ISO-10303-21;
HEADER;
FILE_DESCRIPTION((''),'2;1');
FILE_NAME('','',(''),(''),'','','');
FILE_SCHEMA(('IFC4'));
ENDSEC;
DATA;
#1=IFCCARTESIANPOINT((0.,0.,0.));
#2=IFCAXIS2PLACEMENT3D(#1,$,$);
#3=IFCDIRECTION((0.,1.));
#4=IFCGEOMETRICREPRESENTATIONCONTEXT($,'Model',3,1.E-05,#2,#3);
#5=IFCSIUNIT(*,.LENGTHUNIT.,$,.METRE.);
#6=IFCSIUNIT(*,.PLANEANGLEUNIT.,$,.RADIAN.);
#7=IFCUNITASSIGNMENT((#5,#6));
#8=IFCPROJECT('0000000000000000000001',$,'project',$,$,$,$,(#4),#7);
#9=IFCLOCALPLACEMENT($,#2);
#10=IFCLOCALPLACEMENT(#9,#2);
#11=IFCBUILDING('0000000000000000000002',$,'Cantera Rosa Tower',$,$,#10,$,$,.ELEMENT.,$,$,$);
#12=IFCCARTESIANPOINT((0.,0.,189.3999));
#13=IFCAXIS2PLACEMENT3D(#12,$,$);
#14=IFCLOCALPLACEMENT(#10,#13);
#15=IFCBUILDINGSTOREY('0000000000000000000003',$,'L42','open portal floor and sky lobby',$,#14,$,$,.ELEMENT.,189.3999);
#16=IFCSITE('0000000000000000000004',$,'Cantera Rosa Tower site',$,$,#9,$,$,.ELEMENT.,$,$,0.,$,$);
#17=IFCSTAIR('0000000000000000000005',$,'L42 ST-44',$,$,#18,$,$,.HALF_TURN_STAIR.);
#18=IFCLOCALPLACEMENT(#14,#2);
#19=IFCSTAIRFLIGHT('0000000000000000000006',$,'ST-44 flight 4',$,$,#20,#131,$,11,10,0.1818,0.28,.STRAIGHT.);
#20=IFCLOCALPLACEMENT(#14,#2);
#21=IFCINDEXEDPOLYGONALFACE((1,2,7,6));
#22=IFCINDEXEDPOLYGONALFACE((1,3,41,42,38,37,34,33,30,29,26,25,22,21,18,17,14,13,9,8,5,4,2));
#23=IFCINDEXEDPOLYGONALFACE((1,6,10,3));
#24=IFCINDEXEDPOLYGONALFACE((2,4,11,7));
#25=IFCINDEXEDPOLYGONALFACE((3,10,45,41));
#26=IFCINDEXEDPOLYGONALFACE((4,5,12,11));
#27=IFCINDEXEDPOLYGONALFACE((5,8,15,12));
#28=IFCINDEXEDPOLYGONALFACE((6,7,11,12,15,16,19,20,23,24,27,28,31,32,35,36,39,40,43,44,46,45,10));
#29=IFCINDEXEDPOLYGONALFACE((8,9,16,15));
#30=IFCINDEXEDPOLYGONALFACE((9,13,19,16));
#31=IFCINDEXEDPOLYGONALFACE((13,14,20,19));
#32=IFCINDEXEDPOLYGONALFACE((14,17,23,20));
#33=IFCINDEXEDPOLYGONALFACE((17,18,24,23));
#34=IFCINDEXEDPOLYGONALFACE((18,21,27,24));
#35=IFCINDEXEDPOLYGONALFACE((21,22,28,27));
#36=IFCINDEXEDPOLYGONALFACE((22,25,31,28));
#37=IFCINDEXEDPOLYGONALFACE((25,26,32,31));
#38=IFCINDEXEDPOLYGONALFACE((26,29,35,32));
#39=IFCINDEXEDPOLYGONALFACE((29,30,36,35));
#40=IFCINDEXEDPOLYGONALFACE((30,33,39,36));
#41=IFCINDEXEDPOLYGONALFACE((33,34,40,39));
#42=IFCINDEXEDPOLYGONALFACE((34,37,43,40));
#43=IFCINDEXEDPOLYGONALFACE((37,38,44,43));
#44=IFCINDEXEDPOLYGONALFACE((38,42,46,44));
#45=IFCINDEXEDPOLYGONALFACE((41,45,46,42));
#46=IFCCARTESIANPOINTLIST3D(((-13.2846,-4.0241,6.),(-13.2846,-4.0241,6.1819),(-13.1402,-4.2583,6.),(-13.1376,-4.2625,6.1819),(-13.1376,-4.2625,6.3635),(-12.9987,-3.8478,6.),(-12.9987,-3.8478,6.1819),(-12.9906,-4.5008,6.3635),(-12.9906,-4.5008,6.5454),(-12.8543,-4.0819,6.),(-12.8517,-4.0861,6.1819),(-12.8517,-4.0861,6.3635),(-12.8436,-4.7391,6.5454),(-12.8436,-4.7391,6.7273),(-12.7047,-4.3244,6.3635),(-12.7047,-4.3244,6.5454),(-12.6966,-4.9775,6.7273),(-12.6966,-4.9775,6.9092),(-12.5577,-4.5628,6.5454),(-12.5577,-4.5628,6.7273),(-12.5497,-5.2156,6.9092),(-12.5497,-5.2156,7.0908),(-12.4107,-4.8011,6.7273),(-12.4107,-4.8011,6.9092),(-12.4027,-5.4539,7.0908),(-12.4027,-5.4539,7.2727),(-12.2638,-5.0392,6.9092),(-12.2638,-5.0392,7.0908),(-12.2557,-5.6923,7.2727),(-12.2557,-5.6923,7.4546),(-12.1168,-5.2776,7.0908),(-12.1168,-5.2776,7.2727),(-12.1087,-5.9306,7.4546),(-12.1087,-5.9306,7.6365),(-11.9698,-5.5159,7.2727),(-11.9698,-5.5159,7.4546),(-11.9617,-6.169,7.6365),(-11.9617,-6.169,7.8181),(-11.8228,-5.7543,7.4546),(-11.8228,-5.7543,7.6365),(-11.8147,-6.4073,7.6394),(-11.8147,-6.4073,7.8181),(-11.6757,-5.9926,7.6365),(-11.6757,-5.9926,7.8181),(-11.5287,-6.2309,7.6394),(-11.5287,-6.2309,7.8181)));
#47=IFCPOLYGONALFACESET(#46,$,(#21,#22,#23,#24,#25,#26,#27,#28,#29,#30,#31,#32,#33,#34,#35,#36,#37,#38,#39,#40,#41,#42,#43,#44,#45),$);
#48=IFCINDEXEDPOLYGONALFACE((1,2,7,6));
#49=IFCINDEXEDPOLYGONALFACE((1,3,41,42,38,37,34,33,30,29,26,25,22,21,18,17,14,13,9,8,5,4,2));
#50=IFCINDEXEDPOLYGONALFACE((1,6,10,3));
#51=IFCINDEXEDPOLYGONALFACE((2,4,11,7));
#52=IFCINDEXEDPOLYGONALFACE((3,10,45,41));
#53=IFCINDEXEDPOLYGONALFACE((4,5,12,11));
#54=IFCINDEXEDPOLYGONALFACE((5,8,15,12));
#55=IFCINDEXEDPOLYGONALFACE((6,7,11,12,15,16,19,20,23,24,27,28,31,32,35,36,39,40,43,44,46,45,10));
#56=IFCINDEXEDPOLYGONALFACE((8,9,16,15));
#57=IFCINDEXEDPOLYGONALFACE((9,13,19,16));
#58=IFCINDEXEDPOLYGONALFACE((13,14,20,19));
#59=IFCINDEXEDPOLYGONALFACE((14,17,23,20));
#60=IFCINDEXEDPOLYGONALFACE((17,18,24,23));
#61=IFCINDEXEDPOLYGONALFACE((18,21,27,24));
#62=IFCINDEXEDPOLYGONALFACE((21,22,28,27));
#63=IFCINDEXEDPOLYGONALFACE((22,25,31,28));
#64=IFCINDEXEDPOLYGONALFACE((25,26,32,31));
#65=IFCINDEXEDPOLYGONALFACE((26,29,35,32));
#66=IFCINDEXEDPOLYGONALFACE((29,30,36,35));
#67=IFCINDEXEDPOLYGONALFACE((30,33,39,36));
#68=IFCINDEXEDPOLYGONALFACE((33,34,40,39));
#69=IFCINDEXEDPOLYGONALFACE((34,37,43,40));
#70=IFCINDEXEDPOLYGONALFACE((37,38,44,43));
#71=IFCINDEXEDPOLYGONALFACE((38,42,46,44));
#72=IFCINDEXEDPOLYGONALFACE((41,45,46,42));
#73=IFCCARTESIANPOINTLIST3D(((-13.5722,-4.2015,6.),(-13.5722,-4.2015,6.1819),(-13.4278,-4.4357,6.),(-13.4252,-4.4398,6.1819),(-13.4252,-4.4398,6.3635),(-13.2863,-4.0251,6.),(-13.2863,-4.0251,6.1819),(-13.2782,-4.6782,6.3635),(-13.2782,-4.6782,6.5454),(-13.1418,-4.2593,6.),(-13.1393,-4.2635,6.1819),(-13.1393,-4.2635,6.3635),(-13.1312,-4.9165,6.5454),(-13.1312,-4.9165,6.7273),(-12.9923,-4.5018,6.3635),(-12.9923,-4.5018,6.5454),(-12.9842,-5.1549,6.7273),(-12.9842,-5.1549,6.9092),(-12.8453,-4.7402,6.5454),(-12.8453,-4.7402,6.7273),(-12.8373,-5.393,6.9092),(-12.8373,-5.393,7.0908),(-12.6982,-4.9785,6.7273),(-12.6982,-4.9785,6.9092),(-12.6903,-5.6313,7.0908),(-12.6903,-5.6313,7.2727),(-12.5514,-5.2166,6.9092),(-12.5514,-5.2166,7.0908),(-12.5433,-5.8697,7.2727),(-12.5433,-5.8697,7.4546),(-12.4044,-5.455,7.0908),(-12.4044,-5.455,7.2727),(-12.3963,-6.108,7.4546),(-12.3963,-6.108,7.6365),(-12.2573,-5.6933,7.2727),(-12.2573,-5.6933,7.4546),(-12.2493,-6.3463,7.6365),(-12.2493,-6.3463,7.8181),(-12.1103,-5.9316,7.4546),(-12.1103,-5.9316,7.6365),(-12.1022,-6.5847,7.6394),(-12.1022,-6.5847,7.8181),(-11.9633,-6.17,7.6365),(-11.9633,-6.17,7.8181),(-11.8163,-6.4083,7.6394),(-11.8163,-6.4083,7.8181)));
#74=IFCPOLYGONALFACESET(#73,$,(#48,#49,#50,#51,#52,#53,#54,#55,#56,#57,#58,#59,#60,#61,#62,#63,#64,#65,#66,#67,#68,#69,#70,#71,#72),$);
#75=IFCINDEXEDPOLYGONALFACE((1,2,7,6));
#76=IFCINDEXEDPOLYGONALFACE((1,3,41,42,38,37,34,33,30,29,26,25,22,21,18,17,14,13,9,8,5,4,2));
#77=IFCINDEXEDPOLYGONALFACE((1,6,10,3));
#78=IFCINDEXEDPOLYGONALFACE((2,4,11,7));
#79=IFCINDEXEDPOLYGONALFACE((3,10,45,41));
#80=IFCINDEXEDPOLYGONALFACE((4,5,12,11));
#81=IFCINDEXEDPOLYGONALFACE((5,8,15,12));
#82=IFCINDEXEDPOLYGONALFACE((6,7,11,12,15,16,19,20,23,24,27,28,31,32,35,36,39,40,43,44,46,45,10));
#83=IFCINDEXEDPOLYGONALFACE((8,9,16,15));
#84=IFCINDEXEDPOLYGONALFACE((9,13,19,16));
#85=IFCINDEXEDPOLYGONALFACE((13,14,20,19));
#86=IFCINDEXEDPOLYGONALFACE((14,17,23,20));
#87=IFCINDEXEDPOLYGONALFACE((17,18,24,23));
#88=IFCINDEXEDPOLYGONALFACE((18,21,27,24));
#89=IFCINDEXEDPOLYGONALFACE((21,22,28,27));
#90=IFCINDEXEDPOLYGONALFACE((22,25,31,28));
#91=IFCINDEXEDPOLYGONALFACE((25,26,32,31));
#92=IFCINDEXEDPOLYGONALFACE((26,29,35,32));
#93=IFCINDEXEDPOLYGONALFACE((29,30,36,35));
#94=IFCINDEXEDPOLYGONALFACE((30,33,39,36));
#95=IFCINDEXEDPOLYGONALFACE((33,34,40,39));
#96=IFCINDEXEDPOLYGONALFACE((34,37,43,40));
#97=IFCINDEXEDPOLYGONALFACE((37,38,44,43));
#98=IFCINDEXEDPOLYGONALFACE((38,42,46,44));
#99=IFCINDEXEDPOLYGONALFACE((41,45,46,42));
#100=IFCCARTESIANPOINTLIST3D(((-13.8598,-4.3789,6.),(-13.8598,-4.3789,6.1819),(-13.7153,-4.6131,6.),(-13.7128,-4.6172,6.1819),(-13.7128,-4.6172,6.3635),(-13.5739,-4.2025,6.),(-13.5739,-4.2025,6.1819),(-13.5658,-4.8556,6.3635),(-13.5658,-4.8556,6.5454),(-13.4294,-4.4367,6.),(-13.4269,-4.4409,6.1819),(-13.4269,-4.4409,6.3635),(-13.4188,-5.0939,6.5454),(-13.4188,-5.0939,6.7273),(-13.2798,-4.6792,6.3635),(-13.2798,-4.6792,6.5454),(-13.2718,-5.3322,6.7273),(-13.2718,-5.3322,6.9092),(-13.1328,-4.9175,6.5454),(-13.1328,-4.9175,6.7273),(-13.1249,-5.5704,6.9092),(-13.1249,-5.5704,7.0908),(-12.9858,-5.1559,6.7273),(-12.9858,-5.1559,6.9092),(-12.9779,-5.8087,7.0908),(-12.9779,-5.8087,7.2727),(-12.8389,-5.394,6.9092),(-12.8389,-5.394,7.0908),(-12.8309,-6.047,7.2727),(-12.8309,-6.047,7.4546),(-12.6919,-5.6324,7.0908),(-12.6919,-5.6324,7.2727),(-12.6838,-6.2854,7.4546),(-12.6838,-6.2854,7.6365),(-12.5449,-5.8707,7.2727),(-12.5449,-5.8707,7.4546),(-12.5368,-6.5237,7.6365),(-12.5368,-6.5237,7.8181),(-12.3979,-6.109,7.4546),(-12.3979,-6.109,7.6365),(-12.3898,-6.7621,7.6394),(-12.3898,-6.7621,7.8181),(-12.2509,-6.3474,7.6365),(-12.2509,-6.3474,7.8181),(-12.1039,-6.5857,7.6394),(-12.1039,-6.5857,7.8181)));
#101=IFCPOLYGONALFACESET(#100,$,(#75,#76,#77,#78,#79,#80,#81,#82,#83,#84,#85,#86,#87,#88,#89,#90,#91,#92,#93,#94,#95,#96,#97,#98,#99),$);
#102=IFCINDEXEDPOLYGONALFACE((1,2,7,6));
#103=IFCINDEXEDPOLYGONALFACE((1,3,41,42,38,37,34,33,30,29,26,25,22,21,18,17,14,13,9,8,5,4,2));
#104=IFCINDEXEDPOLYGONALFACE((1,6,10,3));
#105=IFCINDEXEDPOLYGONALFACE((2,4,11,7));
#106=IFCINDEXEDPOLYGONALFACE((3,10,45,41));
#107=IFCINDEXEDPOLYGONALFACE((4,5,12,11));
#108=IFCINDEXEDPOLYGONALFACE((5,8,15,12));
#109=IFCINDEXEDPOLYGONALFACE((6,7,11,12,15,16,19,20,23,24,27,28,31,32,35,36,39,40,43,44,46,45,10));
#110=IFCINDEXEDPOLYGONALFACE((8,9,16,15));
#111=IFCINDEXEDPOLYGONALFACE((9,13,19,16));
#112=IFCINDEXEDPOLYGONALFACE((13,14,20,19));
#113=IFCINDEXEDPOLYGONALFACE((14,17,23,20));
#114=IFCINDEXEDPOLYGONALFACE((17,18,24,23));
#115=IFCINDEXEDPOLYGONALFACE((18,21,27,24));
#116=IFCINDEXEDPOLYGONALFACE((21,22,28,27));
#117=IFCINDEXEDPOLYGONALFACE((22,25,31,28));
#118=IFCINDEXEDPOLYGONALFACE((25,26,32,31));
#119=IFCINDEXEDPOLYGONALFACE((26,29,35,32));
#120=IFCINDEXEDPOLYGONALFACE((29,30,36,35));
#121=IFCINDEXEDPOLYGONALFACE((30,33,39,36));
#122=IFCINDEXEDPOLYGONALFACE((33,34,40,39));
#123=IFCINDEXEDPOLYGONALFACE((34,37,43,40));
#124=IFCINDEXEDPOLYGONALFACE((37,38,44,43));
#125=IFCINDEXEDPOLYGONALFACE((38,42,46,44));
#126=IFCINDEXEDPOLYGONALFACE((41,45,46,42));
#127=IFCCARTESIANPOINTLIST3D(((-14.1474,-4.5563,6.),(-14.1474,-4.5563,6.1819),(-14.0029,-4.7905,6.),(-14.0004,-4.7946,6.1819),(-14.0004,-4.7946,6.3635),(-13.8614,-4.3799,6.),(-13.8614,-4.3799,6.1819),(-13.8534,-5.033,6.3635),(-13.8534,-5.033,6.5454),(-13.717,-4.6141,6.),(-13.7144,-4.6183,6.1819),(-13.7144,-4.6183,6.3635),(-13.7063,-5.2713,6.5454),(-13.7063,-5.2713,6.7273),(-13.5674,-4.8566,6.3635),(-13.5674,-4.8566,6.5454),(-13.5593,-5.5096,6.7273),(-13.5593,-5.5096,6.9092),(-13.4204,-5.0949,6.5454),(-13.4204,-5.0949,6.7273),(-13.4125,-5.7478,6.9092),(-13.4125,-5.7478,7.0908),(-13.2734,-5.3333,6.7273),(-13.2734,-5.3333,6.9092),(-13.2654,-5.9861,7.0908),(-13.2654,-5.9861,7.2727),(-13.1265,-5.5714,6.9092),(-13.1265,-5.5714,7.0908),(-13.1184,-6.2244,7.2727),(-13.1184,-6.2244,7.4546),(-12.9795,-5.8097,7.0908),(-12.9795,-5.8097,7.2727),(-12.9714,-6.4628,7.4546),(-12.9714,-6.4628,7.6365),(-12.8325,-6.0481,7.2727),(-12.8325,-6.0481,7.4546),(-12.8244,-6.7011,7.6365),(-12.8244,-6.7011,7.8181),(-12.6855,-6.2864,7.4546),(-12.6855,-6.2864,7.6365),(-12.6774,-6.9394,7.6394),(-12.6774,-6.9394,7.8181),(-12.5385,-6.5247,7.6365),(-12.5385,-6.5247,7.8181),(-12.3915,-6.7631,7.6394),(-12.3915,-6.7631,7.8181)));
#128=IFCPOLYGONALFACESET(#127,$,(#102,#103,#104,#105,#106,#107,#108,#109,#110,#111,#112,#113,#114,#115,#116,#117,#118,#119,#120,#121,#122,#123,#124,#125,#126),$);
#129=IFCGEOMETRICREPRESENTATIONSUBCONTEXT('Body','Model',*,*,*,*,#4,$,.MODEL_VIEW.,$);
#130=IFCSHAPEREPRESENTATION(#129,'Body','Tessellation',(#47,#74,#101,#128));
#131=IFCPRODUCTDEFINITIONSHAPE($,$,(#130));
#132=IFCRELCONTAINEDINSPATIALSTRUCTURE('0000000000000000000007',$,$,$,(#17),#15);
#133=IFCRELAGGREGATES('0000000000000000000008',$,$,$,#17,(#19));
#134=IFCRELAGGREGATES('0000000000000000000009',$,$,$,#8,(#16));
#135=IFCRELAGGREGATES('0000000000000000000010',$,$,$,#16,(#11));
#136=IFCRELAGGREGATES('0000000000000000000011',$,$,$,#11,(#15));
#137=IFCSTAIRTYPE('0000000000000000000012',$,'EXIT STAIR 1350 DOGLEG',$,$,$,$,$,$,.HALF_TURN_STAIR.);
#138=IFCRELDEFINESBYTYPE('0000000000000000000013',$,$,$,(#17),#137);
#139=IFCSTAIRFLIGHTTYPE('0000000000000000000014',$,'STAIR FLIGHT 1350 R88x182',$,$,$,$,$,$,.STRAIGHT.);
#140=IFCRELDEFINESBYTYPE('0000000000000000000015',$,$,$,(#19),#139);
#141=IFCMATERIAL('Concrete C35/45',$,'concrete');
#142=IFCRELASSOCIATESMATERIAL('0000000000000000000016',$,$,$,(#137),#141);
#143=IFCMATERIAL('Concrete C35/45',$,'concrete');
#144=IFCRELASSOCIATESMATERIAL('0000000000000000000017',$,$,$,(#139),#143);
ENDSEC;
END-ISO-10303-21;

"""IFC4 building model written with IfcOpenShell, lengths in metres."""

from ifc_helpers import new_model, si_unit, direction, frame, origin, place, context, subcontext, project, spatial, polyline, outline, extrude, material, type_object, element, aggregate, save


model = new_model("IFC4")

# Units and contexts
model_context = context("Model", 3, precision=1e-05, world=origin(), true_north=direction((0.0, 1.0)))
body_context = subcontext(model_context, "Body", "Model", "MODEL_VIEW")
ifc_project = project(units=[si_unit("LENGTHUNIT", "METRE"), si_unit("PLANEANGLEUNIT", "RADIAN")], contexts=[model_context])

# Site, building, storey
site_placement = place(None, origin())
site = spatial("IfcSite", under=ifc_project, at=site_placement, Name="Cantera Rosa Tower site", CompositionType="ELEMENT", RefElevation=0.0)
building_placement = place(site_placement, origin())
building = spatial("IfcBuilding", under=site, at=building_placement, Name="Cantera Rosa Tower", CompositionType="ELEMENT")
storey_placement = place(building_placement, frame((0.0, 0.0, 189.3999)))
storey = spatial("IfcBuildingStorey", under=building, at=storey_placement, Name="L42", Description="open portal floor and sky lobby", CompositionType="ELEMENT", Elevation=189.3999)

# Stair, stair flight
ifc_material_1 = material(Name="Concrete C35/45", Category="concrete")
stair_type = type_object("IfcStairType", Name="EXIT STAIR 1350 DOGLEG", PredefinedType="HALF_TURN_STAIR", material=ifc_material_1)
ifc_material_2 = material(Name="Concrete C35/45", Category="concrete")
stair_flight_type = type_object("IfcStairFlightType", Name="STAIR FLIGHT 1350 R88x182", PredefinedType="STRAIGHT", material=ifc_material_2)
stair_1_placement = place(storey_placement, origin())
stair_1 = element("IfcStair", 1, at=stair_1_placement, inside=storey, type_object=stair_type, Name="L42 ST-44", PredefinedType="HALF_TURN_STAIR")
stair_flight_1_placement = place(storey_placement, frame((-13.5732, -4.2021, 6.0), z_axis=(0.0, 0.0, 1.0), x_axis=(0.524977, -0.851117, 0.0)))
stair_flight_1 = element("IfcStairFlight", 2, at=stair_flight_1_placement, type_object=stair_flight_type, Name="ST-44 flight 4", NumberOfRisers=11, NumberOfTreads=10, PredefinedType="STRAIGHT", RiserHeight=0.1818, TreadLength=0.28, context=body_context, shape_type="SweptSolid", body=[
    extrude(outline(polyline([(0.0, 0.0), (0.0, 0.1819), (0.28, 0.1819), (0.28, 0.3635), (0.5601, 0.3635), (0.5601, 0.5454), (0.8401, 0.5454), (0.8401, 0.7273), (1.1201, 0.7273), (1.1201, 0.9092), (1.3999, 0.9092), (1.3999, 1.0908), (1.6799, 1.0908), (1.6799, 1.2727), (1.96, 1.2727), (1.96, 1.4546), (2.24, 1.4546), (2.24, 1.6365), (2.52, 1.6365), (2.52, 1.8181), (2.8, 1.8181), (2.8, 2.0), (2.8, 1.6394), (0.2751, 0.0), (0.0, 0.0)])), frame((0.0, 0.675, 0.0), z_axis=(0.0, -1.0, 0.0), x_axis=(1.0, 0.0, 0.0)), (0.0, 0.0, 1.0), 0.3359),
    extrude(outline(polyline([(0.0, 0.0), (0.0, 0.1819), (0.28, 0.1819), (0.28, 0.3635), (0.5601, 0.3635), (0.5601, 0.5454), (0.8401, 0.5454), (0.8401, 0.7273), (1.1201, 0.7273), (1.1201, 0.9092), (1.3999, 0.9092), (1.3999, 1.0908), (1.6799, 1.0908), (1.6799, 1.2727), (1.96, 1.2727), (1.96, 1.4546), (2.24, 1.4546), (2.24, 1.6365), (2.52, 1.6365), (2.52, 1.8181), (2.8, 1.8181), (2.8, 2.0), (2.8, 1.6394), (0.2751, 0.0), (0.0, 0.0)])), frame((0.0, 0.3372, 0.0), z_axis=(0.0, -1.0, 0.0), x_axis=(1.0, 0.0, 0.0)), (0.0, 0.0, 1.0), 0.3359),
    extrude(outline(polyline([(0.0, 0.0), (0.0, 0.1819), (0.28, 0.1819), (0.28, 0.3635), (0.5601, 0.3635), (0.5601, 0.5454), (0.8401, 0.5454), (0.8401, 0.7273), (1.1201, 0.7273), (1.1201, 0.9092), (1.3999, 0.9092), (1.3999, 1.0908), (1.6799, 1.0908), (1.6799, 1.2727), (1.96, 1.2727), (1.96, 1.4546), (2.24, 1.4546), (2.24, 1.6365), (2.52, 1.6365), (2.52, 1.8181), (2.8, 1.8181), (2.8, 2.0), (2.8, 1.6394), (0.2751, 0.0), (0.0, 0.0)])), frame((0.0, -0.0007, 0.0), z_axis=(0.0, -1.0, 0.0), x_axis=(1.0, 0.0, 0.0)), (0.0, 0.0, 1.0), 0.3359),
    extrude(outline(polyline([(0.0, 0.0), (0.0, 0.1819), (0.28, 0.1819), (0.28, 0.3635), (0.5601, 0.3635), (0.5601, 0.5454), (0.8401, 0.5454), (0.8401, 0.7273), (1.1201, 0.7273), (1.1201, 0.9092), (1.3999, 0.9092), (1.3999, 1.0908), (1.6799, 1.0908), (1.6799, 1.2727), (1.96, 1.2727), (1.96, 1.4546), (2.24, 1.4546), (2.24, 1.6365), (2.52, 1.6365), (2.52, 1.8181), (2.8, 1.8181), (2.8, 2.0), (2.8, 1.6394), (0.2751, 0.0), (0.0, 0.0)])), frame((0.0, -0.3386, 0.0), z_axis=(0.0, -1.0, 0.0), x_axis=(1.0, 0.0, 0.0)), (0.0, 0.0, 1.0), 0.3359),
])
aggregate(stair_1, [stair_flight_1])

save(model, "model.ifc")
